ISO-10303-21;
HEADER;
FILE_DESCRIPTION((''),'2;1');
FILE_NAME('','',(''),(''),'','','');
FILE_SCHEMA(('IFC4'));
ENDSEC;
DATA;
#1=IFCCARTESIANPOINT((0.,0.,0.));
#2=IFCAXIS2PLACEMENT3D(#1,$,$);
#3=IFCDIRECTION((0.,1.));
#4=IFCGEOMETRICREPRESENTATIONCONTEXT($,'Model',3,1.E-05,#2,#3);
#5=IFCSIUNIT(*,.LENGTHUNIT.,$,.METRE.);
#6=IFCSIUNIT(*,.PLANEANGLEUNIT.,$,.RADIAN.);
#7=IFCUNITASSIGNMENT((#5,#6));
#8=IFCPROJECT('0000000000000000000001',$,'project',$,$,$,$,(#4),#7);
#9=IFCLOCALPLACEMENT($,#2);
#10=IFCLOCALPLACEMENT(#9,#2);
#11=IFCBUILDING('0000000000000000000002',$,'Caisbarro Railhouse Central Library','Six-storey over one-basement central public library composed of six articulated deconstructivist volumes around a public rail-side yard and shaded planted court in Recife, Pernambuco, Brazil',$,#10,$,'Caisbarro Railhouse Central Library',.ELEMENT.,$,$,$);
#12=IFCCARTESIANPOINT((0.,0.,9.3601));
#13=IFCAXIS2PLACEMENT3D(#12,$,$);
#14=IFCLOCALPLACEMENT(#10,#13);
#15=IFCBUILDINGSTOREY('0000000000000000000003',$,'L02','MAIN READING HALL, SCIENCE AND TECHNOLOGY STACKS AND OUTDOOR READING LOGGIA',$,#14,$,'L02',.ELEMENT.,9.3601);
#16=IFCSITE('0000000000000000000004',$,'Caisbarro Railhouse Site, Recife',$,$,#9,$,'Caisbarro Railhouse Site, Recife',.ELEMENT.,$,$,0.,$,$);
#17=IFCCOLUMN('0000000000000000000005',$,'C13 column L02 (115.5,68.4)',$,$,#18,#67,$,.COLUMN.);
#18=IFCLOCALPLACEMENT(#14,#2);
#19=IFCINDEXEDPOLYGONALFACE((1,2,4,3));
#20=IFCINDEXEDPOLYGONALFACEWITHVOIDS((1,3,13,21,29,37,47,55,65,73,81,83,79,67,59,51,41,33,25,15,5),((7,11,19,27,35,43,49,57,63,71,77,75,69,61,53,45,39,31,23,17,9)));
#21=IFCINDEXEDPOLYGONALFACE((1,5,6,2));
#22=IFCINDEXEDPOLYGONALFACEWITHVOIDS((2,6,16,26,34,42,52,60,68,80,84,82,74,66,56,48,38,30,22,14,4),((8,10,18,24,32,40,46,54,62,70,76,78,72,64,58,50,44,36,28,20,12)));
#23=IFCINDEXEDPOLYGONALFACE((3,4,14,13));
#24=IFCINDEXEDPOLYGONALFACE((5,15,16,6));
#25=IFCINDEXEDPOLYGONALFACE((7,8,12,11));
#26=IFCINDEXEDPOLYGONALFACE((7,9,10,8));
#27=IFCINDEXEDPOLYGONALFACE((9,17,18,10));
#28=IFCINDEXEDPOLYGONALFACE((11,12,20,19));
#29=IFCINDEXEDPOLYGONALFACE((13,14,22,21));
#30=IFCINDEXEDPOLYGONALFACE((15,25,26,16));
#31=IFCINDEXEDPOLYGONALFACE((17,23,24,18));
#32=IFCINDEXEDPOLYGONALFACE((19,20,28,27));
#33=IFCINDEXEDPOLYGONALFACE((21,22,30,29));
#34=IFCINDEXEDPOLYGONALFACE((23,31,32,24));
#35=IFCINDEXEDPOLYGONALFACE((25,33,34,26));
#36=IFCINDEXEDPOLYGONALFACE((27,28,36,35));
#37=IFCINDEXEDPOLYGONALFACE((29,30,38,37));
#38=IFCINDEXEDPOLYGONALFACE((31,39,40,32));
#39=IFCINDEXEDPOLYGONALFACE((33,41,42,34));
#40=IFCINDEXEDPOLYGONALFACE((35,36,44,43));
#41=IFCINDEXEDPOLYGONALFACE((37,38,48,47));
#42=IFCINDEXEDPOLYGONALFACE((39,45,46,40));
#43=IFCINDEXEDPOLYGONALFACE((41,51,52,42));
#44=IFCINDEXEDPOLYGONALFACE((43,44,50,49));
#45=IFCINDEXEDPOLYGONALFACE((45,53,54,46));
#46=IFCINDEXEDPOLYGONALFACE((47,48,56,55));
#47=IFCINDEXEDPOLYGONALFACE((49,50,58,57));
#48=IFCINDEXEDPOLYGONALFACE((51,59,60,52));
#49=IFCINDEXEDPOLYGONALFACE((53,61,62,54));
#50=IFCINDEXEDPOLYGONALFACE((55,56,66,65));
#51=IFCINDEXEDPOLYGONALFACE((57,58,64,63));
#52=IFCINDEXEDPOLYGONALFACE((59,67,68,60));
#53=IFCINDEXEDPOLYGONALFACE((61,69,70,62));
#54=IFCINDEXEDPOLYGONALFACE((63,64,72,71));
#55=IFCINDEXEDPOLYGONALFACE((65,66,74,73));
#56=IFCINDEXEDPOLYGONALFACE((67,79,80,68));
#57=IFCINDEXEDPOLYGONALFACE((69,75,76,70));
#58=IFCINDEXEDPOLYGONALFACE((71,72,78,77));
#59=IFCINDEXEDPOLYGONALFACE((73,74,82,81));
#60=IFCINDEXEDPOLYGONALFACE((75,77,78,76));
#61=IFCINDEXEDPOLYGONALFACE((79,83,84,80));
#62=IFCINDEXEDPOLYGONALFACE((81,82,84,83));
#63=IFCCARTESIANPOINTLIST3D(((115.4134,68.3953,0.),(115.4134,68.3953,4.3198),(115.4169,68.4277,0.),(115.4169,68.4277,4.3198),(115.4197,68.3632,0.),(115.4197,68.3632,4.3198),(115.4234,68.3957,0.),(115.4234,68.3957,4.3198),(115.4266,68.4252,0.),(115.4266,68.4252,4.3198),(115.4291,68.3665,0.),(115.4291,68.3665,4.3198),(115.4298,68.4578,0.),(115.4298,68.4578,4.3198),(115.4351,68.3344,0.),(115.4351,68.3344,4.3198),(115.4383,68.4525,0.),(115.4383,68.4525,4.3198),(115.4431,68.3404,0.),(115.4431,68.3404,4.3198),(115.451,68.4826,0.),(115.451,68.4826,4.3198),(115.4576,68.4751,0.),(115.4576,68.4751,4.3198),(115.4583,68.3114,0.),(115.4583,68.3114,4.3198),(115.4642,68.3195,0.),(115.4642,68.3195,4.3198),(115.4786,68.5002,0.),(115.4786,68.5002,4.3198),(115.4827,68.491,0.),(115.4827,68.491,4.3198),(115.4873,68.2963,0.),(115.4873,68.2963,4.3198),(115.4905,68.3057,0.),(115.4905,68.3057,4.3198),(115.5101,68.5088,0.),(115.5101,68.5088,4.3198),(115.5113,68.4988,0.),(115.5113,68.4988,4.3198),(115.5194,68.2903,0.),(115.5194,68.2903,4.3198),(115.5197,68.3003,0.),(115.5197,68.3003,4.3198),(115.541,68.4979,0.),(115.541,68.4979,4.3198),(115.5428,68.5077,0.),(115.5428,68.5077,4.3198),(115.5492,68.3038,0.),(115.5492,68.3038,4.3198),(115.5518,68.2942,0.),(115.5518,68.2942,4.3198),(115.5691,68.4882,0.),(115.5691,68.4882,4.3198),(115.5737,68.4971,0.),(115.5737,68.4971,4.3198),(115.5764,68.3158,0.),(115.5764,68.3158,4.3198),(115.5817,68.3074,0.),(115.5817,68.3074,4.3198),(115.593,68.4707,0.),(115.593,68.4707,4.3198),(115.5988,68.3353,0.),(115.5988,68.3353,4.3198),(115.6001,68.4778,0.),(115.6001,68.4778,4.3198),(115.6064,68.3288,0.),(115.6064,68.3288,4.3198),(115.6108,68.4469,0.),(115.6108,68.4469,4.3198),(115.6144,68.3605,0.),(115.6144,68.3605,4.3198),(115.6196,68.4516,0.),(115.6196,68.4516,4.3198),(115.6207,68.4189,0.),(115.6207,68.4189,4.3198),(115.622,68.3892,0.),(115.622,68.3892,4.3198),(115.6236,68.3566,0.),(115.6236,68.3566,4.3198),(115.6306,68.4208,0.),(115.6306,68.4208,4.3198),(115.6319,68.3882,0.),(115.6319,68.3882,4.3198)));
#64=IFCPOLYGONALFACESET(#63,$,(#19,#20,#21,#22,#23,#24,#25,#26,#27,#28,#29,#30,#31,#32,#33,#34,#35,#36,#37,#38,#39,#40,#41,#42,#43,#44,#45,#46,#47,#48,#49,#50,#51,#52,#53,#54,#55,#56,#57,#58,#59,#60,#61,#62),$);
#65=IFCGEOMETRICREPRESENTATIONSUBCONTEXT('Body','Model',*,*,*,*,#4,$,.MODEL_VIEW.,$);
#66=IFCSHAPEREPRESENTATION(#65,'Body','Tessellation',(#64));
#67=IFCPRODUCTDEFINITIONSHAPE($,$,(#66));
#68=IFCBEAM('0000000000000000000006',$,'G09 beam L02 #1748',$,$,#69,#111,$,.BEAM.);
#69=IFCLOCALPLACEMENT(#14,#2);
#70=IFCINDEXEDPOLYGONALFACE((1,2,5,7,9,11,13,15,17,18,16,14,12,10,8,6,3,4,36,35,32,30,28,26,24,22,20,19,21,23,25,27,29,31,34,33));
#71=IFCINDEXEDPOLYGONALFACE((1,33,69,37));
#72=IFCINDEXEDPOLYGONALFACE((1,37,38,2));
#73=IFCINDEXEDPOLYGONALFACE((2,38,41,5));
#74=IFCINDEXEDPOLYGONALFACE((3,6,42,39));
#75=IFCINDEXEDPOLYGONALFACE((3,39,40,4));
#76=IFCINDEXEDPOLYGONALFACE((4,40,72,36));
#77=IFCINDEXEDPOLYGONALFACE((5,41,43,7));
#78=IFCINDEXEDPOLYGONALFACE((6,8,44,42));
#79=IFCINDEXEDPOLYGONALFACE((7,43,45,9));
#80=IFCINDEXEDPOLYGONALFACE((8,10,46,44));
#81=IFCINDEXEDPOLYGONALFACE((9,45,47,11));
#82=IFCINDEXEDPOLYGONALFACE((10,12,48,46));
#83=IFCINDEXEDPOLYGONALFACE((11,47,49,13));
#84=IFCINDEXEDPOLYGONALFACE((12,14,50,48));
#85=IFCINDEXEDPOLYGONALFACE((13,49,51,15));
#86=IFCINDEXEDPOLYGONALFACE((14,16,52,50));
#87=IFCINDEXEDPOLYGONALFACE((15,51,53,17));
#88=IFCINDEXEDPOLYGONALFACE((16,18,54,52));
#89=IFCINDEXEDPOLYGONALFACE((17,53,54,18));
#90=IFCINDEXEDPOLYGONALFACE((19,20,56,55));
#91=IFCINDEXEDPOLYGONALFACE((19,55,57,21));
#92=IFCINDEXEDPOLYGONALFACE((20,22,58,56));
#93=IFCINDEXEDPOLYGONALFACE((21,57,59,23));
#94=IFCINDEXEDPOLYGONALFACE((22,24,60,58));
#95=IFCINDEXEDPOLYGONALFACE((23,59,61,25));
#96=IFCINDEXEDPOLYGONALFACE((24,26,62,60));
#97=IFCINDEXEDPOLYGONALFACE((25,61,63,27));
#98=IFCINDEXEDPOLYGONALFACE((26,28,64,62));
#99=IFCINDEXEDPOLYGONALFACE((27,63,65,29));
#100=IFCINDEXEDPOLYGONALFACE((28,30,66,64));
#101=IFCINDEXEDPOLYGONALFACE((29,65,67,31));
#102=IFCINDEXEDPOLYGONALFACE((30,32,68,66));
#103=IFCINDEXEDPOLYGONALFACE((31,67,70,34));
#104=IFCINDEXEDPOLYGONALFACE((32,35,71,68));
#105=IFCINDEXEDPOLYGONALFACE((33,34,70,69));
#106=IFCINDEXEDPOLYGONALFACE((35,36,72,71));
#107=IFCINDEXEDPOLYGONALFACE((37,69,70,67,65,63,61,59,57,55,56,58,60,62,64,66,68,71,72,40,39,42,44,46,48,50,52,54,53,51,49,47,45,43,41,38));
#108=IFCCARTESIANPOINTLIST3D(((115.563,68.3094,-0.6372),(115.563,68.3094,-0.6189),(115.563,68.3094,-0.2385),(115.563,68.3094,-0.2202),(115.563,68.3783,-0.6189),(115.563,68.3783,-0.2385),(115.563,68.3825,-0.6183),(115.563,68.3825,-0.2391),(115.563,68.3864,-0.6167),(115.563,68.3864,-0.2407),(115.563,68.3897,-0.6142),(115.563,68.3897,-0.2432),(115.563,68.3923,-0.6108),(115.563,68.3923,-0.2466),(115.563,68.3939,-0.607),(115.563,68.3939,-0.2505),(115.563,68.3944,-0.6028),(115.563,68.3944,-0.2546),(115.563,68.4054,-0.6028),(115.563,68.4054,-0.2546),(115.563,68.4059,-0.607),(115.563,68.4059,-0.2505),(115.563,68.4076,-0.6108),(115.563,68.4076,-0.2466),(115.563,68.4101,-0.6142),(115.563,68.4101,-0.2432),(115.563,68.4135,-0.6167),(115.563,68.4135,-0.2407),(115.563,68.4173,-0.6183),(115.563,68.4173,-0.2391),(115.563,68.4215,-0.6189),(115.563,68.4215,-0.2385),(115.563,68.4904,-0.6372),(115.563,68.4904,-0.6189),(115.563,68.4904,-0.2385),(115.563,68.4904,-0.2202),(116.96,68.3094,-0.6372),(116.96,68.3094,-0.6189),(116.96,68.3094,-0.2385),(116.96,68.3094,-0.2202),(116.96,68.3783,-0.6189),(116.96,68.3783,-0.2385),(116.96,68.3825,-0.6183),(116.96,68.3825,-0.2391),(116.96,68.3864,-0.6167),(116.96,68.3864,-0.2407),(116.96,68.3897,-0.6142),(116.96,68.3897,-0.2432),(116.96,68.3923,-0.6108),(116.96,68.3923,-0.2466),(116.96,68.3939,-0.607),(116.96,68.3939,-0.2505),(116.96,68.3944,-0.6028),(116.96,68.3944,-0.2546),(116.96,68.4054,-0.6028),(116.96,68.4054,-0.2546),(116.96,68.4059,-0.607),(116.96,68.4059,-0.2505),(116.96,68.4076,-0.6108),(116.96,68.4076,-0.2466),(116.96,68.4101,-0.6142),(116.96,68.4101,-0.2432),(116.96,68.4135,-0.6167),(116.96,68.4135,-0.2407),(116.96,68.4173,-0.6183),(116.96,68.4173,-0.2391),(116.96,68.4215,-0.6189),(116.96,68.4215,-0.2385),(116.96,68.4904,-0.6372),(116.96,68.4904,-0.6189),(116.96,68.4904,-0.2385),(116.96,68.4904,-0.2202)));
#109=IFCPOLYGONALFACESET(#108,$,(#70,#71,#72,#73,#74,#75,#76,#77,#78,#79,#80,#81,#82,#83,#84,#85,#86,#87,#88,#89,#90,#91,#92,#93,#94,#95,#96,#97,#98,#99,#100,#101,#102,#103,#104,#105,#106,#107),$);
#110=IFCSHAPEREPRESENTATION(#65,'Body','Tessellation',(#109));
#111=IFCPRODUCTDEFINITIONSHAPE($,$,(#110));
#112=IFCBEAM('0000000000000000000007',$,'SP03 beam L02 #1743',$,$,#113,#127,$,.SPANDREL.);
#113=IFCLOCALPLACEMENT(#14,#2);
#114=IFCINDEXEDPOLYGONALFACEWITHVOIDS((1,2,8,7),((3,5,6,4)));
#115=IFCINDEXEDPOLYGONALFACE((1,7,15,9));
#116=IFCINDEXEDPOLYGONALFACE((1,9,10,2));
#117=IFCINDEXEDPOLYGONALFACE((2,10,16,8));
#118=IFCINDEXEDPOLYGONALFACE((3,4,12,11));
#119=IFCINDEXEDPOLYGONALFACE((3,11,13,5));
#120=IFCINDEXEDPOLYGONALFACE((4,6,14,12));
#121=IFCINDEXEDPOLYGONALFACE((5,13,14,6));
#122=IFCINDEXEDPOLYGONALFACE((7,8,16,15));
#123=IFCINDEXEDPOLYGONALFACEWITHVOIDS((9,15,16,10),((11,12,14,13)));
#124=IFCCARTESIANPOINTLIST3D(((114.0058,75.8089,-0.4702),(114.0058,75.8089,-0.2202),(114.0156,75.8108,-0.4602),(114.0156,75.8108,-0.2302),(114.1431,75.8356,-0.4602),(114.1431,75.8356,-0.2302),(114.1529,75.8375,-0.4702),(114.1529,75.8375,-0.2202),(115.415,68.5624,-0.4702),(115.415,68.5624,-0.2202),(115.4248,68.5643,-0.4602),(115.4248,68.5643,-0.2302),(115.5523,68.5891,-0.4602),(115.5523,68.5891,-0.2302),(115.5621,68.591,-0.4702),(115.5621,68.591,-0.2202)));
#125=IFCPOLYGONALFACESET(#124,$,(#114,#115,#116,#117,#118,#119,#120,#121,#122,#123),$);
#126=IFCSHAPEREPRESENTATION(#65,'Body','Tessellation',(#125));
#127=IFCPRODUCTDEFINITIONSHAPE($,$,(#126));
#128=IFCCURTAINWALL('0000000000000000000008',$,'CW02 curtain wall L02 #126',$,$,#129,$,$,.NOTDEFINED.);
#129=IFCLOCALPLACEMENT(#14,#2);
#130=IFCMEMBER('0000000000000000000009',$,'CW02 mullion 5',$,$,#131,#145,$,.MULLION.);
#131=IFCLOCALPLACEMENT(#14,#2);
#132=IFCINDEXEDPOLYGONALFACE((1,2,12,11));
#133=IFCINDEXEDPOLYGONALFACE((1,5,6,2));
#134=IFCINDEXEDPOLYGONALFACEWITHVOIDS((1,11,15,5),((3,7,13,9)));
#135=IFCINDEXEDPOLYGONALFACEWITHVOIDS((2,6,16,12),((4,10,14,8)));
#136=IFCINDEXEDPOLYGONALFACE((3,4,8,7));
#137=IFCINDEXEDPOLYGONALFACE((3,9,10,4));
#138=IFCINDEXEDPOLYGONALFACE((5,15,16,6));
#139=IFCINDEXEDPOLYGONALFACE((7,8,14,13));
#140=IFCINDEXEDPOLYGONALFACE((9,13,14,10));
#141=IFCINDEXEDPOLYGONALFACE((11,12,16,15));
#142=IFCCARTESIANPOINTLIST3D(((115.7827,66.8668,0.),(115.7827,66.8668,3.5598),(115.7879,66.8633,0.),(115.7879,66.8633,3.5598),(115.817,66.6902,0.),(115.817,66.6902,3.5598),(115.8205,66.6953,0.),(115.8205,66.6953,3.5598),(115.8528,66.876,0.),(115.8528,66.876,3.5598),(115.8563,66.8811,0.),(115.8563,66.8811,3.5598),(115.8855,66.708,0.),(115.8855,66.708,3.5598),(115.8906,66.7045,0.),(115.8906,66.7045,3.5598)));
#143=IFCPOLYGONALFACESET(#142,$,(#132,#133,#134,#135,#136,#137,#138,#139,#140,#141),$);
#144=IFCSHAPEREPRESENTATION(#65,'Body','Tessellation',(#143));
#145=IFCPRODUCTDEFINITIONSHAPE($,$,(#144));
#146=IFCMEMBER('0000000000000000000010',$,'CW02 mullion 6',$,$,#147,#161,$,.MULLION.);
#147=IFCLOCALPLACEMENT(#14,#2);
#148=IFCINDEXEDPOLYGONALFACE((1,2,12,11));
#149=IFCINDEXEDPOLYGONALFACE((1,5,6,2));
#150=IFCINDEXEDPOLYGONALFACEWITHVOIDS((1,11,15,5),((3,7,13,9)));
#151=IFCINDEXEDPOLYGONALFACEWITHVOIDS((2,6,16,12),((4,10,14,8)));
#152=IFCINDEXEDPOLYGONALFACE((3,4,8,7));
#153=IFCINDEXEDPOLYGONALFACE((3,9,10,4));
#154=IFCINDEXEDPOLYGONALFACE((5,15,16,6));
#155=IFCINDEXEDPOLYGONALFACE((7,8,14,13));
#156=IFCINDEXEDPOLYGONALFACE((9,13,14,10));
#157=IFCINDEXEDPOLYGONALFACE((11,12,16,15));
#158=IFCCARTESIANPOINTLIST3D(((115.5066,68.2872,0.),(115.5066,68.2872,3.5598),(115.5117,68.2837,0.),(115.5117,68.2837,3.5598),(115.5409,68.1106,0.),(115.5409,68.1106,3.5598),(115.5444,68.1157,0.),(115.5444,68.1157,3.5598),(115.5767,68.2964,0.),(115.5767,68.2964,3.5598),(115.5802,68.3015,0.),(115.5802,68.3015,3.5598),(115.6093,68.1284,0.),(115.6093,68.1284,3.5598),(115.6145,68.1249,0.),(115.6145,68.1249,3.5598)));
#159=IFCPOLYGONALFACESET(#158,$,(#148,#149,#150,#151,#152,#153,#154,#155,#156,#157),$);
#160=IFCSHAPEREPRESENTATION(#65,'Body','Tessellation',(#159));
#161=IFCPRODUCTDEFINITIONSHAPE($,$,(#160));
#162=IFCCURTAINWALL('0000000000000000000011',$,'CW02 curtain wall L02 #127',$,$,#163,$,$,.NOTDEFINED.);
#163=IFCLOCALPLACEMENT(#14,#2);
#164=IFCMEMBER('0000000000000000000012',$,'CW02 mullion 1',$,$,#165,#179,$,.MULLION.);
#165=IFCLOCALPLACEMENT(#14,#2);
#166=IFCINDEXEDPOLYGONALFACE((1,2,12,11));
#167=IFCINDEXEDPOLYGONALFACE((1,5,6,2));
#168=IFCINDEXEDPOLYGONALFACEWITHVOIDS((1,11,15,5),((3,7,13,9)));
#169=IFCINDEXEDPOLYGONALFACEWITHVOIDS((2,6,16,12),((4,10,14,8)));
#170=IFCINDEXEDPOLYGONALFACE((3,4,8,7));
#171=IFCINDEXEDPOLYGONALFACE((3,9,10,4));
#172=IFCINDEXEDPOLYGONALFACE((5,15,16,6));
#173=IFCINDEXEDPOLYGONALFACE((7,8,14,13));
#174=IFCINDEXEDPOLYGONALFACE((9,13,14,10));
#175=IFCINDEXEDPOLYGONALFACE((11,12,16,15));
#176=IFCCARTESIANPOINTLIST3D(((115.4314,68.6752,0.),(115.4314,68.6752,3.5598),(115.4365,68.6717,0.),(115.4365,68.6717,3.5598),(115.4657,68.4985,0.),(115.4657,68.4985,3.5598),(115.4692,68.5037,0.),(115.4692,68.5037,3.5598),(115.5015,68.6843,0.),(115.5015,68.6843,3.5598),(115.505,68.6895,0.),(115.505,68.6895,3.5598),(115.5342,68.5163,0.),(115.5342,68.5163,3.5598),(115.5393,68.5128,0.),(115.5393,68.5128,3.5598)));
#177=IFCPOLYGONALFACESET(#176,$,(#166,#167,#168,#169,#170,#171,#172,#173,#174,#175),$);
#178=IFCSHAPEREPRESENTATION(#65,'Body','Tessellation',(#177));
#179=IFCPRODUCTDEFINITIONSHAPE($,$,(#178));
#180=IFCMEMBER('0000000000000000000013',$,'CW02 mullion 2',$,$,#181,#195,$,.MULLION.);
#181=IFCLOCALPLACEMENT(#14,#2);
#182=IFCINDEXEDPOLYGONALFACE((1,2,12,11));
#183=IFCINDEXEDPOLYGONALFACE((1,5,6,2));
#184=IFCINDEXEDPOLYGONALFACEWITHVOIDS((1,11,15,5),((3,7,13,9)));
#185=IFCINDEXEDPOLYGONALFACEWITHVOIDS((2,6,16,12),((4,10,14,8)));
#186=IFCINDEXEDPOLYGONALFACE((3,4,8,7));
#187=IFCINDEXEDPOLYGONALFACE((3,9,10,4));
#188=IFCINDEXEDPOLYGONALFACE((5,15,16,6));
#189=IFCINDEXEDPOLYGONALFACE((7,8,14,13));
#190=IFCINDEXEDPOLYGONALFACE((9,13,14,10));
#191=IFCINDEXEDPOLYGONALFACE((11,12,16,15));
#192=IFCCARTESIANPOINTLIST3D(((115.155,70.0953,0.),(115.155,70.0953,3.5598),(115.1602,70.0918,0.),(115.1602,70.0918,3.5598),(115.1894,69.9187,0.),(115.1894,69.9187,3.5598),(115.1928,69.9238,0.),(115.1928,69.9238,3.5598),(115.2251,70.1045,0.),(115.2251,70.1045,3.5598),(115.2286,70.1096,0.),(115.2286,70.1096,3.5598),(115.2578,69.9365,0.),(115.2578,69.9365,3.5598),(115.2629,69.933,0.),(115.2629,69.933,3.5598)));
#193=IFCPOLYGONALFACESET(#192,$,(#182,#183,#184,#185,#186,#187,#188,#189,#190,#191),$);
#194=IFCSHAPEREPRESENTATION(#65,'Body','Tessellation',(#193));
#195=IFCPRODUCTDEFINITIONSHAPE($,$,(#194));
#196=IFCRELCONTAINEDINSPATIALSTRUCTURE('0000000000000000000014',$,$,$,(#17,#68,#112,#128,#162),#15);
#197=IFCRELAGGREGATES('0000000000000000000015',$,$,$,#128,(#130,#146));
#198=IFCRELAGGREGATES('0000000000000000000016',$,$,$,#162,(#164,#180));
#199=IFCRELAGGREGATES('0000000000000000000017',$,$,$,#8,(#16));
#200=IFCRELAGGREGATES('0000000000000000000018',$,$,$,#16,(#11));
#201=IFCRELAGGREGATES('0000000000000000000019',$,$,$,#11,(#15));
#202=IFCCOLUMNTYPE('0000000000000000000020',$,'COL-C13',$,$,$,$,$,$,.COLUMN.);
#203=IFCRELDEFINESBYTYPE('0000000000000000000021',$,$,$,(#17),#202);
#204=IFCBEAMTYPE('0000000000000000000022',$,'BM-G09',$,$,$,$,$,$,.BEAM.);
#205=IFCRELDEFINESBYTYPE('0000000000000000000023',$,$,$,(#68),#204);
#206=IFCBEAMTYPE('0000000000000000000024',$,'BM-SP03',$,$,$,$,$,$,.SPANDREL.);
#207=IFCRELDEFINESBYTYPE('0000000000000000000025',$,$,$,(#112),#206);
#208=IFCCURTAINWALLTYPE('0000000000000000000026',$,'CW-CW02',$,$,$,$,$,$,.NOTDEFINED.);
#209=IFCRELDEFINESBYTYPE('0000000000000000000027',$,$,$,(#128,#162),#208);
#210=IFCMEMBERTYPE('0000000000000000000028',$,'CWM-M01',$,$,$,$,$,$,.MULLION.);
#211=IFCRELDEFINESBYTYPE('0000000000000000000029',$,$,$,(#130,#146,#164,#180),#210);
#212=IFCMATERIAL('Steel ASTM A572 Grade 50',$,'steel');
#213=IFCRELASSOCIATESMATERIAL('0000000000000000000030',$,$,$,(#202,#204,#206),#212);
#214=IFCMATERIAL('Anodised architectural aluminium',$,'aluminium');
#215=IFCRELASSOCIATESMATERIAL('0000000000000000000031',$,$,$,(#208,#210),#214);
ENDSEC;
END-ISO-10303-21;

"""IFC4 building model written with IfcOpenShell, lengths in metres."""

from ifc_helpers import new_model, si_unit, direction, frame, origin, origin_2d, place, context, subcontext, project, spatial, hollow_rectangle, hollow_circle, i_section, extrude, material, material_profile, profile_set, type_object, element, aggregate, save


model = new_model("IFC4")

# Units and contexts
model_context = context("Model", 3, precision=1e-05, world=origin(), true_north=direction((0.0, 1.0)))
body_context = subcontext(model_context, "Body", "Model", "MODEL_VIEW")
ifc_project = project(units=[si_unit("LENGTHUNIT", "METRE"), si_unit("PLANEANGLEUNIT", "RADIAN")], contexts=[model_context])

# Site, building, storey
site_placement = place(None, origin())
site = spatial("IfcSite", under=ifc_project, at=site_placement, Name="Caisbarro Railhouse Site, Recife", LongName="Caisbarro Railhouse Site, Recife", CompositionType="ELEMENT", RefElevation=0.0)
building_placement = place(site_placement, origin())
building = spatial("IfcBuilding", under=site, at=building_placement, Name="Caisbarro Railhouse Central Library", Description="Six-storey over one-basement central public library composed of six articulated deconstructivist volumes around a public rail-side yard and shaded planted court in Recife, Pernambuco, Brazil", LongName="Caisbarro Railhouse Central Library", CompositionType="ELEMENT")
storey_placement = place(building_placement, frame((0.0, 0.0, 9.3601)))
storey = spatial("IfcBuildingStorey", under=building, at=storey_placement, Name="L02", Description="MAIN READING HALL, SCIENCE AND TECHNOLOGY STACKS AND OUTDOOR READING LOGGIA", LongName="L02", CompositionType="ELEMENT", Elevation=9.3601)

# Column
ifc_material_1 = material(Name="Steel ASTM A572 Grade 50", Category="steel")
ifc_material_profile_1 = material_profile(ifc_material_1, hollow_circle(Radius=0.1096, WallThickness=0.01, at=origin_2d()), Name="CHS219.1X10")
ifc_profile_set_1 = profile_set([ifc_material_profile_1], Name="Steel ASTM A572 Grade 50")
column_type = type_object("IfcColumnType", Name="COL-C13", PredefinedType="COLUMN", material=ifc_profile_set_1)
column_placement = place(storey_placement, frame((115.5229, 68.3999, 0.0), z_axis=(0.0, 0.0, 1.0), x_axis=(0.981627, 0.190809, 0.0)))
element("IfcColumn", 1, at=column_placement, inside=storey, type_object=column_type, Name="C13 column L02 (115.5,68.4)", PredefinedType="COLUMN", context=body_context, shape_type="SweptSolid", body=[
    extrude(hollow_circle(Radius=0.1096, WallThickness=0.01, at=origin_2d()), origin(), (0.0, 0.0, 1.0), 4.3198),
])

# Beams
ifc_material_profile_2 = material_profile(ifc_material_1, i_section(OverallWidth=0.1809, OverallDepth=0.417, WebThickness=0.011, FlangeThickness=0.0183, FilletRadius=0.0161, at=origin_2d()), Name="W410X85.0")
ifc_profile_set_2 = profile_set([ifc_material_profile_2], Name="Steel ASTM A572 Grade 50")
beam_type_1 = type_object("IfcBeamType", Name="BM-G09", PredefinedType="BEAM", material=ifc_profile_set_2)
beam_1_placement = place(storey_placement, frame((115.563, 68.3999, -0.4287), z_axis=(1.0, 0.0, 0.0), x_axis=(0.0, 1.0, 0.0)))
element("IfcBeam", 2, at=beam_1_placement, inside=storey, type_object=beam_type_1, Name="G09 beam L02 #1748", PredefinedType="BEAM", context=body_context, shape_type="SweptSolid", body=[
    extrude(i_section(OverallWidth=0.1809, OverallDepth=0.417, WebThickness=0.011, FlangeThickness=0.0183, FilletRadius=0.0161, at=origin_2d()), origin(), (0.0, 0.0, 1.0), 1.397),
])
ifc_material_profile_3 = material_profile(ifc_material_1, hollow_rectangle(XDim=0.1499, YDim=0.25, WallThickness=0.01, at=origin_2d()), Name="HSS250X150X10")
ifc_profile_set_3 = profile_set([ifc_material_profile_3], Name="Steel ASTM A572 Grade 50")
beam_type_2 = type_object("IfcBeamType", Name="BM-SP03", PredefinedType="SPANDREL", material=ifc_profile_set_3)
beam_2_placement = place(storey_placement, frame((115.4885, 68.5767, -0.3452), z_axis=(-0.190886, 0.981612, 0.0), x_axis=(-0.981612, -0.190886, 0.0)))
element("IfcBeam", 3, at=beam_2_placement, inside=storey, type_object=beam_type_2, Name="SP03 beam L02 #1743", PredefinedType="SPANDREL", context=body_context, shape_type="SweptSolid", body=[
    extrude(hollow_rectangle(XDim=0.1499, YDim=0.25, WallThickness=0.01, at=origin_2d()), origin(), (0.0, 0.0, 1.0), 7.3823),
])

# Curtain walls, members
ifc_material_2 = material(Name="Anodised architectural aluminium", Category="aluminium")
curtain_wall_type = type_object("IfcCurtainWallType", Name="CW-CW02", PredefinedType="NOTDEFINED", material=ifc_material_2)
curtain_wall_1_placement = place(storey_placement, origin())
curtain_wall_1 = element("IfcCurtainWall", 4, at=curtain_wall_1_placement, inside=storey, type_object=curtain_wall_type, Name="CW02 curtain wall L02 #126", PredefinedType="NOTDEFINED")
ifc_material_profile_4 = material_profile(ifc_material_2, hollow_rectangle(XDim=0.075, YDim=0.1799, WallThickness=0.0044, at=origin_2d()), Name="ALU-MUL-75X180")
ifc_profile_set_4 = profile_set([ifc_material_profile_4], Name="Anodised architectural aluminium")
member_type_1 = type_object("IfcMemberType", Name="CWM-M01", PredefinedType="MULLION", material=ifc_profile_set_4)
member_1_placement = place(storey_placement, frame((115.8367, 66.7856, 0.0), z_axis=(0.0, 0.0, 1.0), x_axis=(-0.981633, -0.190781, 0.0)))
member_1 = element("IfcMember", 5, at=member_1_placement, type_object=member_type_1, Name="CW02 mullion 5", PredefinedType="MULLION", context=body_context, shape_type="SweptSolid", body=[
    extrude(hollow_rectangle(XDim=0.075, YDim=0.1799, WallThickness=0.0044, at=origin_2d()), origin(), (0.0, 0.0, 1.0), 3.5598),
])
member_2_placement = place(storey_placement, frame((115.5605, 68.2061, 0.0), z_axis=(0.0, 0.0, 1.0), x_axis=(-0.981633, -0.190781, 0.0)))
member_2 = element("IfcMember", 6, at=member_2_placement, type_object=member_type_1, Name="CW02 mullion 6", PredefinedType="MULLION", context=body_context, shape_type="SweptSolid", body=[
    extrude(hollow_rectangle(XDim=0.075, YDim=0.1799, WallThickness=0.0044, at=origin_2d()), origin(), (0.0, 0.0, 1.0), 3.5598),
])
curtain_wall_2_placement = place(storey_placement, origin())
curtain_wall_2 = element("IfcCurtainWall", 7, at=curtain_wall_2_placement, inside=storey, type_object=curtain_wall_type, Name="CW02 curtain wall L02 #127", PredefinedType="NOTDEFINED")
member_3_placement = place(storey_placement, frame((115.4854, 68.594, 0.0), z_axis=(0.0, 0.0, 1.0), x_axis=(-0.981607, -0.190911, 0.0)))
member_3 = element("IfcMember", 8, at=member_3_placement, type_object=member_type_1, Name="CW02 mullion 1", PredefinedType="MULLION", context=body_context, shape_type="SweptSolid", body=[
    extrude(hollow_rectangle(XDim=0.075, YDim=0.1799, WallThickness=0.0044, at=origin_2d()), origin(), (0.0, 0.0, 1.0), 3.5598),
])
member_4_placement = place(storey_placement, frame((115.209, 70.0142, 0.0), z_axis=(0.0, 0.0, 1.0), x_axis=(-0.981607, -0.190911, 0.0)))
member_4 = element("IfcMember", 9, at=member_4_placement, type_object=member_type_1, Name="CW02 mullion 2", PredefinedType="MULLION", context=body_context, shape_type="SweptSolid", body=[
    extrude(hollow_rectangle(XDim=0.075, YDim=0.1799, WallThickness=0.0044, at=origin_2d()), origin(), (0.0, 0.0, 1.0), 3.5598),
])

aggregate(curtain_wall_1, [member_1, member_2])
aggregate(curtain_wall_2, [member_3, member_4])

save(model, "model.ifc")
